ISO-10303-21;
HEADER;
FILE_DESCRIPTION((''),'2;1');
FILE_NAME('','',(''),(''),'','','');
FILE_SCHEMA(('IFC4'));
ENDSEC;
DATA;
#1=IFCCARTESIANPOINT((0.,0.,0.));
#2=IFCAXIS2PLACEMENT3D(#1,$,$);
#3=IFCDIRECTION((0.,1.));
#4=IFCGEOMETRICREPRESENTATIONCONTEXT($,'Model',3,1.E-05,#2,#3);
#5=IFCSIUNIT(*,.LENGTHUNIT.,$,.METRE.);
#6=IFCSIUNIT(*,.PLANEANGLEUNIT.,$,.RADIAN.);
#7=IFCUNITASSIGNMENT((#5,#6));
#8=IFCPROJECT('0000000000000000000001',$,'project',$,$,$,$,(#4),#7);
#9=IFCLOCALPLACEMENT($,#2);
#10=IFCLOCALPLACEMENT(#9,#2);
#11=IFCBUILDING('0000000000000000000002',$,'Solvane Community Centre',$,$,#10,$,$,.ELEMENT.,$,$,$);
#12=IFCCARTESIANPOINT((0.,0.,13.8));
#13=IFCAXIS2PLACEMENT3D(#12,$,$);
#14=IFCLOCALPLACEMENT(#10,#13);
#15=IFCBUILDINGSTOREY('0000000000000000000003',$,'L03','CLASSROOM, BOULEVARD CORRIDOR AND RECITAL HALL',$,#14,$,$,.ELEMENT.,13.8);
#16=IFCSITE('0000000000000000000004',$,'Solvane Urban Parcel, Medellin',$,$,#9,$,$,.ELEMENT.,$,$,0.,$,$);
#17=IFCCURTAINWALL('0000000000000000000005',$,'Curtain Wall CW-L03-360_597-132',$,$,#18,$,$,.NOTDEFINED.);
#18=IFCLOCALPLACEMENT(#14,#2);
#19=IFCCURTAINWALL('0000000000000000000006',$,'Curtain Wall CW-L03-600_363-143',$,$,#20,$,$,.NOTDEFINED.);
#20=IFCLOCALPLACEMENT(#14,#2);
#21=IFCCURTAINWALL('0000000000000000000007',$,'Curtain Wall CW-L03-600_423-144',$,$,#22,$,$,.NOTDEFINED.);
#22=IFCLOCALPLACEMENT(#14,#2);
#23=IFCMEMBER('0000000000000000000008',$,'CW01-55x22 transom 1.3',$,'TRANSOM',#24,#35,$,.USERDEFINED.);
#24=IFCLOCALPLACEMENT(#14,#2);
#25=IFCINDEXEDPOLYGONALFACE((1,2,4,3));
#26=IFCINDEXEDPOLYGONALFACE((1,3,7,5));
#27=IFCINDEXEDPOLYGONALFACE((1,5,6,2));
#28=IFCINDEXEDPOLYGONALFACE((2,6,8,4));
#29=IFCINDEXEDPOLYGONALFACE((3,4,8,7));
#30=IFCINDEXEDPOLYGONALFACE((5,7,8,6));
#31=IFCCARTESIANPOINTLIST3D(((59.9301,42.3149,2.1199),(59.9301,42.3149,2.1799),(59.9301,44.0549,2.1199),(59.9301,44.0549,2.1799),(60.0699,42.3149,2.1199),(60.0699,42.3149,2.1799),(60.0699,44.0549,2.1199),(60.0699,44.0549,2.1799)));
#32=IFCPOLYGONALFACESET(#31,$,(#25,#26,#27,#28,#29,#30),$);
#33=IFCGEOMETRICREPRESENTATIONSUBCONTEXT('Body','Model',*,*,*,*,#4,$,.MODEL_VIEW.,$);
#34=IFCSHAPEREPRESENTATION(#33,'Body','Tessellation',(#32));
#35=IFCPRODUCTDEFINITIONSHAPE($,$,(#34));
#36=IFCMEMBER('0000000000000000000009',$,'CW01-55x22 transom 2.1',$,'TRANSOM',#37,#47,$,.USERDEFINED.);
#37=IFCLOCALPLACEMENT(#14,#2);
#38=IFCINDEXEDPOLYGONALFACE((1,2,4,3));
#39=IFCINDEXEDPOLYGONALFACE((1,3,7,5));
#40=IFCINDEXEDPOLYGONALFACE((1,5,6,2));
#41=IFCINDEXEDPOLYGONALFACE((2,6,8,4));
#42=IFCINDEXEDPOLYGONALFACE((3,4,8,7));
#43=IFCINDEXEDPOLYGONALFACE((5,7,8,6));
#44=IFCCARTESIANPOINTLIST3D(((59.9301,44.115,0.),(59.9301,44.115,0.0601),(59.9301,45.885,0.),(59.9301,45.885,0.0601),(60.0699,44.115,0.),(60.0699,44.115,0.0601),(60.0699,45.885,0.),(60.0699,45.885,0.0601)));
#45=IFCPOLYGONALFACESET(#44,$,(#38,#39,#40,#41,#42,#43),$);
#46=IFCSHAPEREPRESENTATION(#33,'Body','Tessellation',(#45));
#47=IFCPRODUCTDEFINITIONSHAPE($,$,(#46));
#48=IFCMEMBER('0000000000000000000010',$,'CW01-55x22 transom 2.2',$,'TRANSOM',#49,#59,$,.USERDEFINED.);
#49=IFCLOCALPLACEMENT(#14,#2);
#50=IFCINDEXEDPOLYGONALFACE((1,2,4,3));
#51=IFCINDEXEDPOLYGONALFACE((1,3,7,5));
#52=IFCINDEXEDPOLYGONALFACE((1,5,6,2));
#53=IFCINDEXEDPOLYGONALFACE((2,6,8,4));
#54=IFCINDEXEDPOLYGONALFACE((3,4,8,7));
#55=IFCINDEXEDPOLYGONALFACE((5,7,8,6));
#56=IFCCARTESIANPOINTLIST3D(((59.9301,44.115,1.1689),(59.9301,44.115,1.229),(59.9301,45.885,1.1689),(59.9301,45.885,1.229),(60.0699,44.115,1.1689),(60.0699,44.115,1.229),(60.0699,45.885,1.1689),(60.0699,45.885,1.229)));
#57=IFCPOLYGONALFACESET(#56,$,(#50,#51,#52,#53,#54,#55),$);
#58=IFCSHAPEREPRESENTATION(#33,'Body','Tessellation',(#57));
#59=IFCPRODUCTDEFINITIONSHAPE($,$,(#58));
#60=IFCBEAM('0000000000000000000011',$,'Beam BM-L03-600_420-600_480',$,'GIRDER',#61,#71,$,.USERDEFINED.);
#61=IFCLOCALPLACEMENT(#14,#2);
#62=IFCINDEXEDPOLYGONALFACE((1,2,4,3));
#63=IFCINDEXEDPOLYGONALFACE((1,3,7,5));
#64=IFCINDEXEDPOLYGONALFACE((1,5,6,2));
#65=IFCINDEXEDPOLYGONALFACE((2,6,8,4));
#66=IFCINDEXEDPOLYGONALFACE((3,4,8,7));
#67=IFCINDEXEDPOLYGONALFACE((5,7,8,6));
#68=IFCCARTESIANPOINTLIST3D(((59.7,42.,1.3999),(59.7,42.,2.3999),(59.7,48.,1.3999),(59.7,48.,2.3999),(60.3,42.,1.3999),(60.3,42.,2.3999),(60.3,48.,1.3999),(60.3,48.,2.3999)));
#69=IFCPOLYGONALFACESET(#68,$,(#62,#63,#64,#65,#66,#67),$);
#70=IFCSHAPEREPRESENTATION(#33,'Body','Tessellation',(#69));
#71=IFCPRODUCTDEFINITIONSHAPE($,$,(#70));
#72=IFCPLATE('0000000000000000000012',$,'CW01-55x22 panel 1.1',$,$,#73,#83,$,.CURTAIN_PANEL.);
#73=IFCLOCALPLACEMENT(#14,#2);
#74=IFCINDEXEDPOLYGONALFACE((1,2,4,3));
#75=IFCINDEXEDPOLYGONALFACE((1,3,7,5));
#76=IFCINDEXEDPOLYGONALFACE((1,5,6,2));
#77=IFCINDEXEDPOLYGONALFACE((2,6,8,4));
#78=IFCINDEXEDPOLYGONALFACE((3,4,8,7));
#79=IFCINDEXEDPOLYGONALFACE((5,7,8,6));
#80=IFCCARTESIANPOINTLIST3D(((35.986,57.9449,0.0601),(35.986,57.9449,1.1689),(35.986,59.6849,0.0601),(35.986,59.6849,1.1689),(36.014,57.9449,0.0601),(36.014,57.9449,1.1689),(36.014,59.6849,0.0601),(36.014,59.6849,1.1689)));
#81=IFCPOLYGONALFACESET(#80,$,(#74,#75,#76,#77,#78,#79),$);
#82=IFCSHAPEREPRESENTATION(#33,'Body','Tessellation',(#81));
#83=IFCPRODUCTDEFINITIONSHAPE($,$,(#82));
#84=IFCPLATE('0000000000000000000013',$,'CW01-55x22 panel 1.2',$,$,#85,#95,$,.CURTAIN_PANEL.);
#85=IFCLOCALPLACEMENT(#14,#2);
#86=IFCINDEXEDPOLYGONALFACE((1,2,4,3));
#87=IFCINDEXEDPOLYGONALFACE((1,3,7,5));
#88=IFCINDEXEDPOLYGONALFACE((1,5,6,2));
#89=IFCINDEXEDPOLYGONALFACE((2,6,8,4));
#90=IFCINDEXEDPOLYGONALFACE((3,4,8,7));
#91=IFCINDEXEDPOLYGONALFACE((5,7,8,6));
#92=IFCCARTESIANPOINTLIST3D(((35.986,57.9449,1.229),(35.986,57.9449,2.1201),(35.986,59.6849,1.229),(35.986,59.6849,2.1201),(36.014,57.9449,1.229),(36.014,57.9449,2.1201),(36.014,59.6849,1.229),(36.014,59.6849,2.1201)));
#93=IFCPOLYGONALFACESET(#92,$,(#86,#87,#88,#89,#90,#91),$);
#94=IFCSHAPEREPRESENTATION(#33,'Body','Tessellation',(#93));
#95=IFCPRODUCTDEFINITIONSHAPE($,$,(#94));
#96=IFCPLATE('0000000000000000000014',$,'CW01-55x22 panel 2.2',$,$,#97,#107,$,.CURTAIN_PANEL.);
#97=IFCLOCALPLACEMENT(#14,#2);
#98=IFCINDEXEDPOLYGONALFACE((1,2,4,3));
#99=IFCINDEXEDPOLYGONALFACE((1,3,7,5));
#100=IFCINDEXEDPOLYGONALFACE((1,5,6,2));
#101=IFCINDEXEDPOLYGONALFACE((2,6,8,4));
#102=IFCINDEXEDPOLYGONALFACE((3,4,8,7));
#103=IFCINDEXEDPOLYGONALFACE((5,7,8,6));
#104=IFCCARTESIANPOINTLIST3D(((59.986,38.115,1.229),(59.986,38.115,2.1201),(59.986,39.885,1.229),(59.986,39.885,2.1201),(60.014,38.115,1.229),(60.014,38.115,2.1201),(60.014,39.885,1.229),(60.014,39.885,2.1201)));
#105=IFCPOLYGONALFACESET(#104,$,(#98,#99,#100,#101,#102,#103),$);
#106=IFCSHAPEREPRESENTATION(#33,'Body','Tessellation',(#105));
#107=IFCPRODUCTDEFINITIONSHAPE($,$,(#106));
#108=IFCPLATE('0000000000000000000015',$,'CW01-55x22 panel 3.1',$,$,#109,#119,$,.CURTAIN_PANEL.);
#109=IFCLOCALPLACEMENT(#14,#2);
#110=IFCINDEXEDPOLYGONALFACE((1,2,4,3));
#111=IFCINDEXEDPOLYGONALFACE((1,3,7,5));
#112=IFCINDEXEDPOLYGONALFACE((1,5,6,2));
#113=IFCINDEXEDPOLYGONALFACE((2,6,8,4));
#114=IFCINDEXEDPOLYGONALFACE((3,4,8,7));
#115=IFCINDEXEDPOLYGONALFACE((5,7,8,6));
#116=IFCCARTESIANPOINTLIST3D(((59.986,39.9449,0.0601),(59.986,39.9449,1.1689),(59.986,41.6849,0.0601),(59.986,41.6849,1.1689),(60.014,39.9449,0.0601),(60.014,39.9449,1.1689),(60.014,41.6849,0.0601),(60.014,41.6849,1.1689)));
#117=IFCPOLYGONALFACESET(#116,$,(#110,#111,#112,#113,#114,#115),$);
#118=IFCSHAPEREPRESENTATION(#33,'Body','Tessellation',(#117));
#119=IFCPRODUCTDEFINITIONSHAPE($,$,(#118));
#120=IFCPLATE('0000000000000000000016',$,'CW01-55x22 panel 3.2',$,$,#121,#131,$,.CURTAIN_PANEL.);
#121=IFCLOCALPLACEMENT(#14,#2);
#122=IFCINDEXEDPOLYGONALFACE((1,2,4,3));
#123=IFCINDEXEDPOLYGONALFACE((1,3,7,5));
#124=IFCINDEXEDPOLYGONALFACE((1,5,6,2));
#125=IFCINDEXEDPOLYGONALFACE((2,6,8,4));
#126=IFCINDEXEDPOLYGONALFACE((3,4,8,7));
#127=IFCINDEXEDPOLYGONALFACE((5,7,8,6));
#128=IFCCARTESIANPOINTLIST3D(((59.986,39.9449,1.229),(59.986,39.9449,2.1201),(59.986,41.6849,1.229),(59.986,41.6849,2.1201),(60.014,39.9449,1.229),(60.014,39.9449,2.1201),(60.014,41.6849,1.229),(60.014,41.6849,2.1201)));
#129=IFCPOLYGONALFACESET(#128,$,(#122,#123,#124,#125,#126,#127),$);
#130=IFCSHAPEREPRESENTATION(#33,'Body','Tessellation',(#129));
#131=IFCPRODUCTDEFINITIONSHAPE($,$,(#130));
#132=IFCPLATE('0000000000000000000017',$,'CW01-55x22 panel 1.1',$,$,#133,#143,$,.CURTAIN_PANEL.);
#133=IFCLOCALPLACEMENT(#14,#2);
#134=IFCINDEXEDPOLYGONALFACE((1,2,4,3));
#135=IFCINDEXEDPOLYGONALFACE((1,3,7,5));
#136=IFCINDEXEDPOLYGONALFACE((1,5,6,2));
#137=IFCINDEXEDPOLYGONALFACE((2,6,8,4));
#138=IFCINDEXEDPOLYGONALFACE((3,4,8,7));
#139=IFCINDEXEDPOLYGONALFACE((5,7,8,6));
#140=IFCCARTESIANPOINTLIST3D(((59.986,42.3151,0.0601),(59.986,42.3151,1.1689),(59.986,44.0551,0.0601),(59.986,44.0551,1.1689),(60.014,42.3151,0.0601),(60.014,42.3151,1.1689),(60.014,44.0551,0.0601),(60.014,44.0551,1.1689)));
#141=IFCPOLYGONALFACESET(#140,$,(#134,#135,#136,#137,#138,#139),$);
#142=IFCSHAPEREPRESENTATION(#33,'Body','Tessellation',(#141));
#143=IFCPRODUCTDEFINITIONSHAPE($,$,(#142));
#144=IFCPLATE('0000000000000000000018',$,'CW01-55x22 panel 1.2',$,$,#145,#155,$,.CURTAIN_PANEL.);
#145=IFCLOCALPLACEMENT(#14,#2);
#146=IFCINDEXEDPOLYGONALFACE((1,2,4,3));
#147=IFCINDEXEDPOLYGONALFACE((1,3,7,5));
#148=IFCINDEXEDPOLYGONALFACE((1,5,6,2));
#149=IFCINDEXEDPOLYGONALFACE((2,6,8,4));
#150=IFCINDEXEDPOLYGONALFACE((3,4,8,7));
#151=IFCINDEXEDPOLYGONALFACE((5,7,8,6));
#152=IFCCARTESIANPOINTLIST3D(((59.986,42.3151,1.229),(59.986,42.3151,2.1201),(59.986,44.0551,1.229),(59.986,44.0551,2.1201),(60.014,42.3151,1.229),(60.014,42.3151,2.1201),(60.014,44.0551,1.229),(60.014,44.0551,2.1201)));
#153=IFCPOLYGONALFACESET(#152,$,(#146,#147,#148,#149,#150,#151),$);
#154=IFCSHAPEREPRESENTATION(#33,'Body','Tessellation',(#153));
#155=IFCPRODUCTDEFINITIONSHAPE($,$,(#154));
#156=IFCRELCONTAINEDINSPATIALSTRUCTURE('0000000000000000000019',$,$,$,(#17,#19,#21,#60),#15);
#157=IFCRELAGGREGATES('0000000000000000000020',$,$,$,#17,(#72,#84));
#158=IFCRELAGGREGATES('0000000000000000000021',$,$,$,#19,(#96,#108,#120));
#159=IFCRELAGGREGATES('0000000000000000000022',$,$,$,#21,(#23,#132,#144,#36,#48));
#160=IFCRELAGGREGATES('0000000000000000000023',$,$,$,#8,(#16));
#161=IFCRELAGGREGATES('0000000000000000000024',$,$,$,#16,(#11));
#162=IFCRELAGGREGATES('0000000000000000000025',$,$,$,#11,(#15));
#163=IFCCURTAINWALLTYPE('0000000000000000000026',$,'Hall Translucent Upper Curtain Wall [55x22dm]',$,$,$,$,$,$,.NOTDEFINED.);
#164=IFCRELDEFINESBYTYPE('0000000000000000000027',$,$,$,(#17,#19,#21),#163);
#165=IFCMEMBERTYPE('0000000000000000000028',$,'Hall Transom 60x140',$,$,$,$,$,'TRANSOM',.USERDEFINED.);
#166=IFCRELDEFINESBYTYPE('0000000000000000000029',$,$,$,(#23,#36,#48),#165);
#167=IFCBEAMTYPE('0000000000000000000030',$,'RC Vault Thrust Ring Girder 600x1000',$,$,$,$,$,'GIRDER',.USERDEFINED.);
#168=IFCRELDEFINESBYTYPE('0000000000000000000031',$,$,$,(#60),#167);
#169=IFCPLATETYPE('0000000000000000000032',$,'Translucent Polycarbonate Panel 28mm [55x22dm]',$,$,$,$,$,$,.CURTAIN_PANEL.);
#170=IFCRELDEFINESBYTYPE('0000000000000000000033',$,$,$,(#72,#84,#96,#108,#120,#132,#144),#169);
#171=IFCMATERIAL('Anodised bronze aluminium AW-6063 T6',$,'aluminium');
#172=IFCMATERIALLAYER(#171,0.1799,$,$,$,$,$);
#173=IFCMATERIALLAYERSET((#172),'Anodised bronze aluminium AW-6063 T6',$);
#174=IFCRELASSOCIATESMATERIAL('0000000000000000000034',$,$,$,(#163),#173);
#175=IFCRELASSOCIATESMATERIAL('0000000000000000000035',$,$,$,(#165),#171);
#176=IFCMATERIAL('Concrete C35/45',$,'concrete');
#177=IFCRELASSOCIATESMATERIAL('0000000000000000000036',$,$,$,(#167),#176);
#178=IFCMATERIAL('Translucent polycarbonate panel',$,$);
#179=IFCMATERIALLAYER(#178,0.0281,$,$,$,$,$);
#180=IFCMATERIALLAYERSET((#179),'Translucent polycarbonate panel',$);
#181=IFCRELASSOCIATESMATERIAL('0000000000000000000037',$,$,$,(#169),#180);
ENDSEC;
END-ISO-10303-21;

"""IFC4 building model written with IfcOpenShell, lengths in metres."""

from ifc_helpers import new_model, si_unit, direction, frame, origin, origin_2d, place, context, subcontext, project, spatial, rectangle, extrude, material, layer, layer_set, material_profile, profile_set, type_object, element, aggregate, save


model = new_model("IFC4")

# Units and contexts
model_context = context("Model", 3, precision=1e-05, world=origin(), true_north=direction((0.0, 1.0)))
body_context = subcontext(model_context, "Body", "Model", "MODEL_VIEW")
ifc_project = project(units=[si_unit("LENGTHUNIT", "METRE"), si_unit("PLANEANGLEUNIT", "RADIAN")], contexts=[model_context])

# Site, building, storey
site_placement = place(None, origin())
site = spatial("IfcSite", under=ifc_project, at=site_placement, Name="Solvane Urban Parcel, Medellin", CompositionType="ELEMENT", RefElevation=0.0)
building_placement = place(site_placement, origin())
building = spatial("IfcBuilding", under=site, at=building_placement, Name="Solvane Community Centre", CompositionType="ELEMENT")
storey_placement = place(building_placement, frame((0.0, 0.0, 13.8)))
storey = spatial("IfcBuildingStorey", under=building, at=storey_placement, Name="L03", Description="CLASSROOM, BOULEVARD CORRIDOR AND RECITAL HALL", CompositionType="ELEMENT", Elevation=13.8)

# Curtain wall
ifc_material_1 = material(Name="Anodised bronze aluminium AW-6063 T6", Category="aluminium")
ifc_layer_1 = layer(ifc_material_1, 0.1799)
ifc_layer_set_1 = layer_set([ifc_layer_1], Name="Anodised bronze aluminium AW-6063 T6")
curtain_wall_type = type_object("IfcCurtainWallType", Name="Hall Translucent Upper Curtain Wall [55x22dm]", PredefinedType="NOTDEFINED", material=ifc_layer_set_1)
curtain_wall_1_placement = place(storey_placement, origin())
curtain_wall_1 = element("IfcCurtainWall", 1, at=curtain_wall_1_placement, inside=storey, type_object=curtain_wall_type, Name="Curtain Wall CW-L03-360_597-132", PredefinedType="NOTDEFINED")

# Curtain walls
curtain_wall_2_placement = place(storey_placement, origin())
curtain_wall_2 = element("IfcCurtainWall", 2, at=curtain_wall_2_placement, inside=storey, type_object=curtain_wall_type, Name="Curtain Wall CW-L03-600_363-143", PredefinedType="NOTDEFINED")
curtain_wall_3_placement = place(storey_placement, origin())
curtain_wall_3 = element("IfcCurtainWall", 3, at=curtain_wall_3_placement, inside=storey, type_object=curtain_wall_type, Name="Curtain Wall CW-L03-600_423-144", PredefinedType="NOTDEFINED")

# Members
ifc_material_profile_1 = material_profile(ifc_material_1, rectangle(XDim=0.1399, YDim=0.0601, at=origin_2d()), Name="CW-T 60x140")
ifc_profile_set_1 = profile_set([ifc_material_profile_1], Name="Anodised bronze aluminium AW-6063 T6")
member_type_1 = type_object("IfcMemberType", Name="Hall Transom 60x140", ElementType="TRANSOM", PredefinedType="USERDEFINED", material=ifc_profile_set_1)
member_1_placement = place(storey_placement, frame((60.0, 42.3149, 2.1499), z_axis=(0.0, 1.0, 0.0), x_axis=(-1.0, 0.0, 0.0)))
member_1 = element("IfcMember", 4, at=member_1_placement, type_object=member_type_1, Name="CW01-55x22 transom 1.3", ObjectType="TRANSOM", PredefinedType="USERDEFINED", context=body_context, shape_type="SweptSolid", body=[
    extrude(rectangle(XDim=0.1399, YDim=0.0601, at=origin_2d()), origin(), (0.0, 0.0, 1.0), 1.74),
])
member_2_placement = place(storey_placement, frame((60.0, 44.115, 0.03), z_axis=(0.0, 1.0, 0.0), x_axis=(-1.0, 0.0, 0.0)))
member_2 = element("IfcMember", 5, at=member_2_placement, type_object=member_type_1, Name="CW01-55x22 transom 2.1", ObjectType="TRANSOM", PredefinedType="USERDEFINED", context=body_context, shape_type="SweptSolid", body=[
    extrude(rectangle(XDim=0.1399, YDim=0.0601, at=origin_2d()), origin(), (0.0, 0.0, 1.0), 1.77),
])
member_3_placement = place(storey_placement, frame((60.0, 44.115, 1.199), z_axis=(0.0, 1.0, 0.0), x_axis=(-1.0, 0.0, 0.0)))
member_3 = element("IfcMember", 6, at=member_3_placement, type_object=member_type_1, Name="CW01-55x22 transom 2.2", ObjectType="TRANSOM", PredefinedType="USERDEFINED", context=body_context, shape_type="SweptSolid", body=[
    extrude(rectangle(XDim=0.1399, YDim=0.0601, at=origin_2d()), origin(), (0.0, 0.0, 1.0), 1.77),
])

# Beam
ifc_material_2 = material(Name="Concrete C35/45", Category="concrete")
ifc_material_profile_2 = material_profile(ifc_material_2, rectangle(XDim=0.6001, YDim=1.0, at=origin_2d()), Name="RC 600x1000")
ifc_profile_set_2 = profile_set([ifc_material_profile_2], Name="Concrete C35/45")
beam_type = type_object("IfcBeamType", Name="RC Vault Thrust Ring Girder 600x1000", ElementType="GIRDER", PredefinedType="USERDEFINED", material=ifc_profile_set_2)
beam_placement = place(storey_placement, frame((60.0, 42.0, 1.8999), z_axis=(0.0, 1.0, 0.0), x_axis=(-1.0, 0.0, 0.0)))
element("IfcBeam", 7, at=beam_placement, inside=storey, type_object=beam_type, Name="Beam BM-L03-600_420-600_480", ObjectType="GIRDER", PredefinedType="USERDEFINED", context=body_context, shape_type="SweptSolid", body=[
    extrude(rectangle(XDim=0.6001, YDim=1.0, at=origin_2d()), origin(), (0.0, 0.0, 1.0), 6.0),
])

# Plates
ifc_material_3 = material(Name="Translucent polycarbonate panel")
ifc_layer_2 = layer(ifc_material_3, 0.0281)
ifc_layer_set_2 = layer_set([ifc_layer_2], Name="Translucent polycarbonate panel")
plate_type = type_object("IfcPlateType", Name="Translucent Polycarbonate Panel 28mm [55x22dm]", PredefinedType="CURTAIN_PANEL", material=ifc_layer_set_2)
plate_1_placement = place(storey_placement, frame((36.0, 58.8149, 0.0601), z_axis=(0.0, 0.0, 1.0), x_axis=(0.0, -1.0, 0.0)))
plate_1 = element("IfcPlate", 8, at=plate_1_placement, type_object=plate_type, Name="CW01-55x22 panel 1.1", PredefinedType="CURTAIN_PANEL", context=body_context, shape_type="SweptSolid", body=[
    extrude(rectangle(XDim=1.74, YDim=0.0281, at=origin_2d()), origin(), (0.0, 0.0, 1.0), 1.1089),
])
plate_2_placement = place(storey_placement, frame((36.0, 58.8149, 1.229), z_axis=(0.0, 0.0, 1.0), x_axis=(0.0, -1.0, 0.0)))
plate_2 = element("IfcPlate", 9, at=plate_2_placement, type_object=plate_type, Name="CW01-55x22 panel 1.2", PredefinedType="CURTAIN_PANEL", context=body_context, shape_type="SweptSolid", body=[
    extrude(rectangle(XDim=1.74, YDim=0.0281, at=origin_2d()), origin(), (0.0, 0.0, 1.0), 0.8911),
])
aggregate(curtain_wall_1, [plate_1, plate_2])
plate_3_placement = place(storey_placement, frame((60.0, 39.0, 1.229), z_axis=(0.0, 0.0, 1.0), x_axis=(0.0, 1.0, 0.0)))
plate_3 = element("IfcPlate", 10, at=plate_3_placement, type_object=plate_type, Name="CW01-55x22 panel 2.2", PredefinedType="CURTAIN_PANEL", context=body_context, shape_type="SweptSolid", body=[
    extrude(rectangle(XDim=1.77, YDim=0.0281, at=origin_2d()), origin(), (0.0, 0.0, 1.0), 0.8911),
])
plate_4_placement = place(storey_placement, frame((60.0, 40.8149, 0.0601), z_axis=(0.0, 0.0, 1.0), x_axis=(0.0, 1.0, 0.0)))
plate_4 = element("IfcPlate", 11, at=plate_4_placement, type_object=plate_type, Name="CW01-55x22 panel 3.1", PredefinedType="CURTAIN_PANEL", context=body_context, shape_type="SweptSolid", body=[
    extrude(rectangle(XDim=1.74, YDim=0.0281, at=origin_2d()), origin(), (0.0, 0.0, 1.0), 1.1089),
])
plate_5_placement = place(storey_placement, frame((60.0, 40.8149, 1.229), z_axis=(0.0, 0.0, 1.0), x_axis=(0.0, 1.0, 0.0)))
plate_5 = element("IfcPlate", 12, at=plate_5_placement, type_object=plate_type, Name="CW01-55x22 panel 3.2", PredefinedType="CURTAIN_PANEL", context=body_context, shape_type="SweptSolid", body=[
    extrude(rectangle(XDim=1.74, YDim=0.0281, at=origin_2d()), origin(), (0.0, 0.0, 1.0), 0.8911),
])
aggregate(curtain_wall_2, [plate_3, plate_4, plate_5])
plate_6_placement = place(storey_placement, frame((60.0, 43.1851, 0.0601), z_axis=(0.0, 0.0, 1.0), x_axis=(0.0, 1.0, 0.0)))
plate_6 = element("IfcPlate", 13, at=plate_6_placement, type_object=plate_type, Name="CW01-55x22 panel 1.1", PredefinedType="CURTAIN_PANEL", context=body_context, shape_type="SweptSolid", body=[
    extrude(rectangle(XDim=1.74, YDim=0.0281, at=origin_2d()), origin(), (0.0, 0.0, 1.0), 1.1089),
])
plate_7_placement = place(storey_placement, frame((60.0, 43.1851, 1.229), z_axis=(0.0, 0.0, 1.0), x_axis=(0.0, 1.0, 0.0)))
plate_7 = element("IfcPlate", 14, at=plate_7_placement, type_object=plate_type, Name="CW01-55x22 panel 1.2", PredefinedType="CURTAIN_PANEL", context=body_context, shape_type="SweptSolid", body=[
    extrude(rectangle(XDim=1.74, YDim=0.0281, at=origin_2d()), origin(), (0.0, 0.0, 1.0), 0.8911),
])
aggregate(curtain_wall_3, [member_1, plate_6, plate_7, member_2, member_3])

save(model, "model.ifc")
